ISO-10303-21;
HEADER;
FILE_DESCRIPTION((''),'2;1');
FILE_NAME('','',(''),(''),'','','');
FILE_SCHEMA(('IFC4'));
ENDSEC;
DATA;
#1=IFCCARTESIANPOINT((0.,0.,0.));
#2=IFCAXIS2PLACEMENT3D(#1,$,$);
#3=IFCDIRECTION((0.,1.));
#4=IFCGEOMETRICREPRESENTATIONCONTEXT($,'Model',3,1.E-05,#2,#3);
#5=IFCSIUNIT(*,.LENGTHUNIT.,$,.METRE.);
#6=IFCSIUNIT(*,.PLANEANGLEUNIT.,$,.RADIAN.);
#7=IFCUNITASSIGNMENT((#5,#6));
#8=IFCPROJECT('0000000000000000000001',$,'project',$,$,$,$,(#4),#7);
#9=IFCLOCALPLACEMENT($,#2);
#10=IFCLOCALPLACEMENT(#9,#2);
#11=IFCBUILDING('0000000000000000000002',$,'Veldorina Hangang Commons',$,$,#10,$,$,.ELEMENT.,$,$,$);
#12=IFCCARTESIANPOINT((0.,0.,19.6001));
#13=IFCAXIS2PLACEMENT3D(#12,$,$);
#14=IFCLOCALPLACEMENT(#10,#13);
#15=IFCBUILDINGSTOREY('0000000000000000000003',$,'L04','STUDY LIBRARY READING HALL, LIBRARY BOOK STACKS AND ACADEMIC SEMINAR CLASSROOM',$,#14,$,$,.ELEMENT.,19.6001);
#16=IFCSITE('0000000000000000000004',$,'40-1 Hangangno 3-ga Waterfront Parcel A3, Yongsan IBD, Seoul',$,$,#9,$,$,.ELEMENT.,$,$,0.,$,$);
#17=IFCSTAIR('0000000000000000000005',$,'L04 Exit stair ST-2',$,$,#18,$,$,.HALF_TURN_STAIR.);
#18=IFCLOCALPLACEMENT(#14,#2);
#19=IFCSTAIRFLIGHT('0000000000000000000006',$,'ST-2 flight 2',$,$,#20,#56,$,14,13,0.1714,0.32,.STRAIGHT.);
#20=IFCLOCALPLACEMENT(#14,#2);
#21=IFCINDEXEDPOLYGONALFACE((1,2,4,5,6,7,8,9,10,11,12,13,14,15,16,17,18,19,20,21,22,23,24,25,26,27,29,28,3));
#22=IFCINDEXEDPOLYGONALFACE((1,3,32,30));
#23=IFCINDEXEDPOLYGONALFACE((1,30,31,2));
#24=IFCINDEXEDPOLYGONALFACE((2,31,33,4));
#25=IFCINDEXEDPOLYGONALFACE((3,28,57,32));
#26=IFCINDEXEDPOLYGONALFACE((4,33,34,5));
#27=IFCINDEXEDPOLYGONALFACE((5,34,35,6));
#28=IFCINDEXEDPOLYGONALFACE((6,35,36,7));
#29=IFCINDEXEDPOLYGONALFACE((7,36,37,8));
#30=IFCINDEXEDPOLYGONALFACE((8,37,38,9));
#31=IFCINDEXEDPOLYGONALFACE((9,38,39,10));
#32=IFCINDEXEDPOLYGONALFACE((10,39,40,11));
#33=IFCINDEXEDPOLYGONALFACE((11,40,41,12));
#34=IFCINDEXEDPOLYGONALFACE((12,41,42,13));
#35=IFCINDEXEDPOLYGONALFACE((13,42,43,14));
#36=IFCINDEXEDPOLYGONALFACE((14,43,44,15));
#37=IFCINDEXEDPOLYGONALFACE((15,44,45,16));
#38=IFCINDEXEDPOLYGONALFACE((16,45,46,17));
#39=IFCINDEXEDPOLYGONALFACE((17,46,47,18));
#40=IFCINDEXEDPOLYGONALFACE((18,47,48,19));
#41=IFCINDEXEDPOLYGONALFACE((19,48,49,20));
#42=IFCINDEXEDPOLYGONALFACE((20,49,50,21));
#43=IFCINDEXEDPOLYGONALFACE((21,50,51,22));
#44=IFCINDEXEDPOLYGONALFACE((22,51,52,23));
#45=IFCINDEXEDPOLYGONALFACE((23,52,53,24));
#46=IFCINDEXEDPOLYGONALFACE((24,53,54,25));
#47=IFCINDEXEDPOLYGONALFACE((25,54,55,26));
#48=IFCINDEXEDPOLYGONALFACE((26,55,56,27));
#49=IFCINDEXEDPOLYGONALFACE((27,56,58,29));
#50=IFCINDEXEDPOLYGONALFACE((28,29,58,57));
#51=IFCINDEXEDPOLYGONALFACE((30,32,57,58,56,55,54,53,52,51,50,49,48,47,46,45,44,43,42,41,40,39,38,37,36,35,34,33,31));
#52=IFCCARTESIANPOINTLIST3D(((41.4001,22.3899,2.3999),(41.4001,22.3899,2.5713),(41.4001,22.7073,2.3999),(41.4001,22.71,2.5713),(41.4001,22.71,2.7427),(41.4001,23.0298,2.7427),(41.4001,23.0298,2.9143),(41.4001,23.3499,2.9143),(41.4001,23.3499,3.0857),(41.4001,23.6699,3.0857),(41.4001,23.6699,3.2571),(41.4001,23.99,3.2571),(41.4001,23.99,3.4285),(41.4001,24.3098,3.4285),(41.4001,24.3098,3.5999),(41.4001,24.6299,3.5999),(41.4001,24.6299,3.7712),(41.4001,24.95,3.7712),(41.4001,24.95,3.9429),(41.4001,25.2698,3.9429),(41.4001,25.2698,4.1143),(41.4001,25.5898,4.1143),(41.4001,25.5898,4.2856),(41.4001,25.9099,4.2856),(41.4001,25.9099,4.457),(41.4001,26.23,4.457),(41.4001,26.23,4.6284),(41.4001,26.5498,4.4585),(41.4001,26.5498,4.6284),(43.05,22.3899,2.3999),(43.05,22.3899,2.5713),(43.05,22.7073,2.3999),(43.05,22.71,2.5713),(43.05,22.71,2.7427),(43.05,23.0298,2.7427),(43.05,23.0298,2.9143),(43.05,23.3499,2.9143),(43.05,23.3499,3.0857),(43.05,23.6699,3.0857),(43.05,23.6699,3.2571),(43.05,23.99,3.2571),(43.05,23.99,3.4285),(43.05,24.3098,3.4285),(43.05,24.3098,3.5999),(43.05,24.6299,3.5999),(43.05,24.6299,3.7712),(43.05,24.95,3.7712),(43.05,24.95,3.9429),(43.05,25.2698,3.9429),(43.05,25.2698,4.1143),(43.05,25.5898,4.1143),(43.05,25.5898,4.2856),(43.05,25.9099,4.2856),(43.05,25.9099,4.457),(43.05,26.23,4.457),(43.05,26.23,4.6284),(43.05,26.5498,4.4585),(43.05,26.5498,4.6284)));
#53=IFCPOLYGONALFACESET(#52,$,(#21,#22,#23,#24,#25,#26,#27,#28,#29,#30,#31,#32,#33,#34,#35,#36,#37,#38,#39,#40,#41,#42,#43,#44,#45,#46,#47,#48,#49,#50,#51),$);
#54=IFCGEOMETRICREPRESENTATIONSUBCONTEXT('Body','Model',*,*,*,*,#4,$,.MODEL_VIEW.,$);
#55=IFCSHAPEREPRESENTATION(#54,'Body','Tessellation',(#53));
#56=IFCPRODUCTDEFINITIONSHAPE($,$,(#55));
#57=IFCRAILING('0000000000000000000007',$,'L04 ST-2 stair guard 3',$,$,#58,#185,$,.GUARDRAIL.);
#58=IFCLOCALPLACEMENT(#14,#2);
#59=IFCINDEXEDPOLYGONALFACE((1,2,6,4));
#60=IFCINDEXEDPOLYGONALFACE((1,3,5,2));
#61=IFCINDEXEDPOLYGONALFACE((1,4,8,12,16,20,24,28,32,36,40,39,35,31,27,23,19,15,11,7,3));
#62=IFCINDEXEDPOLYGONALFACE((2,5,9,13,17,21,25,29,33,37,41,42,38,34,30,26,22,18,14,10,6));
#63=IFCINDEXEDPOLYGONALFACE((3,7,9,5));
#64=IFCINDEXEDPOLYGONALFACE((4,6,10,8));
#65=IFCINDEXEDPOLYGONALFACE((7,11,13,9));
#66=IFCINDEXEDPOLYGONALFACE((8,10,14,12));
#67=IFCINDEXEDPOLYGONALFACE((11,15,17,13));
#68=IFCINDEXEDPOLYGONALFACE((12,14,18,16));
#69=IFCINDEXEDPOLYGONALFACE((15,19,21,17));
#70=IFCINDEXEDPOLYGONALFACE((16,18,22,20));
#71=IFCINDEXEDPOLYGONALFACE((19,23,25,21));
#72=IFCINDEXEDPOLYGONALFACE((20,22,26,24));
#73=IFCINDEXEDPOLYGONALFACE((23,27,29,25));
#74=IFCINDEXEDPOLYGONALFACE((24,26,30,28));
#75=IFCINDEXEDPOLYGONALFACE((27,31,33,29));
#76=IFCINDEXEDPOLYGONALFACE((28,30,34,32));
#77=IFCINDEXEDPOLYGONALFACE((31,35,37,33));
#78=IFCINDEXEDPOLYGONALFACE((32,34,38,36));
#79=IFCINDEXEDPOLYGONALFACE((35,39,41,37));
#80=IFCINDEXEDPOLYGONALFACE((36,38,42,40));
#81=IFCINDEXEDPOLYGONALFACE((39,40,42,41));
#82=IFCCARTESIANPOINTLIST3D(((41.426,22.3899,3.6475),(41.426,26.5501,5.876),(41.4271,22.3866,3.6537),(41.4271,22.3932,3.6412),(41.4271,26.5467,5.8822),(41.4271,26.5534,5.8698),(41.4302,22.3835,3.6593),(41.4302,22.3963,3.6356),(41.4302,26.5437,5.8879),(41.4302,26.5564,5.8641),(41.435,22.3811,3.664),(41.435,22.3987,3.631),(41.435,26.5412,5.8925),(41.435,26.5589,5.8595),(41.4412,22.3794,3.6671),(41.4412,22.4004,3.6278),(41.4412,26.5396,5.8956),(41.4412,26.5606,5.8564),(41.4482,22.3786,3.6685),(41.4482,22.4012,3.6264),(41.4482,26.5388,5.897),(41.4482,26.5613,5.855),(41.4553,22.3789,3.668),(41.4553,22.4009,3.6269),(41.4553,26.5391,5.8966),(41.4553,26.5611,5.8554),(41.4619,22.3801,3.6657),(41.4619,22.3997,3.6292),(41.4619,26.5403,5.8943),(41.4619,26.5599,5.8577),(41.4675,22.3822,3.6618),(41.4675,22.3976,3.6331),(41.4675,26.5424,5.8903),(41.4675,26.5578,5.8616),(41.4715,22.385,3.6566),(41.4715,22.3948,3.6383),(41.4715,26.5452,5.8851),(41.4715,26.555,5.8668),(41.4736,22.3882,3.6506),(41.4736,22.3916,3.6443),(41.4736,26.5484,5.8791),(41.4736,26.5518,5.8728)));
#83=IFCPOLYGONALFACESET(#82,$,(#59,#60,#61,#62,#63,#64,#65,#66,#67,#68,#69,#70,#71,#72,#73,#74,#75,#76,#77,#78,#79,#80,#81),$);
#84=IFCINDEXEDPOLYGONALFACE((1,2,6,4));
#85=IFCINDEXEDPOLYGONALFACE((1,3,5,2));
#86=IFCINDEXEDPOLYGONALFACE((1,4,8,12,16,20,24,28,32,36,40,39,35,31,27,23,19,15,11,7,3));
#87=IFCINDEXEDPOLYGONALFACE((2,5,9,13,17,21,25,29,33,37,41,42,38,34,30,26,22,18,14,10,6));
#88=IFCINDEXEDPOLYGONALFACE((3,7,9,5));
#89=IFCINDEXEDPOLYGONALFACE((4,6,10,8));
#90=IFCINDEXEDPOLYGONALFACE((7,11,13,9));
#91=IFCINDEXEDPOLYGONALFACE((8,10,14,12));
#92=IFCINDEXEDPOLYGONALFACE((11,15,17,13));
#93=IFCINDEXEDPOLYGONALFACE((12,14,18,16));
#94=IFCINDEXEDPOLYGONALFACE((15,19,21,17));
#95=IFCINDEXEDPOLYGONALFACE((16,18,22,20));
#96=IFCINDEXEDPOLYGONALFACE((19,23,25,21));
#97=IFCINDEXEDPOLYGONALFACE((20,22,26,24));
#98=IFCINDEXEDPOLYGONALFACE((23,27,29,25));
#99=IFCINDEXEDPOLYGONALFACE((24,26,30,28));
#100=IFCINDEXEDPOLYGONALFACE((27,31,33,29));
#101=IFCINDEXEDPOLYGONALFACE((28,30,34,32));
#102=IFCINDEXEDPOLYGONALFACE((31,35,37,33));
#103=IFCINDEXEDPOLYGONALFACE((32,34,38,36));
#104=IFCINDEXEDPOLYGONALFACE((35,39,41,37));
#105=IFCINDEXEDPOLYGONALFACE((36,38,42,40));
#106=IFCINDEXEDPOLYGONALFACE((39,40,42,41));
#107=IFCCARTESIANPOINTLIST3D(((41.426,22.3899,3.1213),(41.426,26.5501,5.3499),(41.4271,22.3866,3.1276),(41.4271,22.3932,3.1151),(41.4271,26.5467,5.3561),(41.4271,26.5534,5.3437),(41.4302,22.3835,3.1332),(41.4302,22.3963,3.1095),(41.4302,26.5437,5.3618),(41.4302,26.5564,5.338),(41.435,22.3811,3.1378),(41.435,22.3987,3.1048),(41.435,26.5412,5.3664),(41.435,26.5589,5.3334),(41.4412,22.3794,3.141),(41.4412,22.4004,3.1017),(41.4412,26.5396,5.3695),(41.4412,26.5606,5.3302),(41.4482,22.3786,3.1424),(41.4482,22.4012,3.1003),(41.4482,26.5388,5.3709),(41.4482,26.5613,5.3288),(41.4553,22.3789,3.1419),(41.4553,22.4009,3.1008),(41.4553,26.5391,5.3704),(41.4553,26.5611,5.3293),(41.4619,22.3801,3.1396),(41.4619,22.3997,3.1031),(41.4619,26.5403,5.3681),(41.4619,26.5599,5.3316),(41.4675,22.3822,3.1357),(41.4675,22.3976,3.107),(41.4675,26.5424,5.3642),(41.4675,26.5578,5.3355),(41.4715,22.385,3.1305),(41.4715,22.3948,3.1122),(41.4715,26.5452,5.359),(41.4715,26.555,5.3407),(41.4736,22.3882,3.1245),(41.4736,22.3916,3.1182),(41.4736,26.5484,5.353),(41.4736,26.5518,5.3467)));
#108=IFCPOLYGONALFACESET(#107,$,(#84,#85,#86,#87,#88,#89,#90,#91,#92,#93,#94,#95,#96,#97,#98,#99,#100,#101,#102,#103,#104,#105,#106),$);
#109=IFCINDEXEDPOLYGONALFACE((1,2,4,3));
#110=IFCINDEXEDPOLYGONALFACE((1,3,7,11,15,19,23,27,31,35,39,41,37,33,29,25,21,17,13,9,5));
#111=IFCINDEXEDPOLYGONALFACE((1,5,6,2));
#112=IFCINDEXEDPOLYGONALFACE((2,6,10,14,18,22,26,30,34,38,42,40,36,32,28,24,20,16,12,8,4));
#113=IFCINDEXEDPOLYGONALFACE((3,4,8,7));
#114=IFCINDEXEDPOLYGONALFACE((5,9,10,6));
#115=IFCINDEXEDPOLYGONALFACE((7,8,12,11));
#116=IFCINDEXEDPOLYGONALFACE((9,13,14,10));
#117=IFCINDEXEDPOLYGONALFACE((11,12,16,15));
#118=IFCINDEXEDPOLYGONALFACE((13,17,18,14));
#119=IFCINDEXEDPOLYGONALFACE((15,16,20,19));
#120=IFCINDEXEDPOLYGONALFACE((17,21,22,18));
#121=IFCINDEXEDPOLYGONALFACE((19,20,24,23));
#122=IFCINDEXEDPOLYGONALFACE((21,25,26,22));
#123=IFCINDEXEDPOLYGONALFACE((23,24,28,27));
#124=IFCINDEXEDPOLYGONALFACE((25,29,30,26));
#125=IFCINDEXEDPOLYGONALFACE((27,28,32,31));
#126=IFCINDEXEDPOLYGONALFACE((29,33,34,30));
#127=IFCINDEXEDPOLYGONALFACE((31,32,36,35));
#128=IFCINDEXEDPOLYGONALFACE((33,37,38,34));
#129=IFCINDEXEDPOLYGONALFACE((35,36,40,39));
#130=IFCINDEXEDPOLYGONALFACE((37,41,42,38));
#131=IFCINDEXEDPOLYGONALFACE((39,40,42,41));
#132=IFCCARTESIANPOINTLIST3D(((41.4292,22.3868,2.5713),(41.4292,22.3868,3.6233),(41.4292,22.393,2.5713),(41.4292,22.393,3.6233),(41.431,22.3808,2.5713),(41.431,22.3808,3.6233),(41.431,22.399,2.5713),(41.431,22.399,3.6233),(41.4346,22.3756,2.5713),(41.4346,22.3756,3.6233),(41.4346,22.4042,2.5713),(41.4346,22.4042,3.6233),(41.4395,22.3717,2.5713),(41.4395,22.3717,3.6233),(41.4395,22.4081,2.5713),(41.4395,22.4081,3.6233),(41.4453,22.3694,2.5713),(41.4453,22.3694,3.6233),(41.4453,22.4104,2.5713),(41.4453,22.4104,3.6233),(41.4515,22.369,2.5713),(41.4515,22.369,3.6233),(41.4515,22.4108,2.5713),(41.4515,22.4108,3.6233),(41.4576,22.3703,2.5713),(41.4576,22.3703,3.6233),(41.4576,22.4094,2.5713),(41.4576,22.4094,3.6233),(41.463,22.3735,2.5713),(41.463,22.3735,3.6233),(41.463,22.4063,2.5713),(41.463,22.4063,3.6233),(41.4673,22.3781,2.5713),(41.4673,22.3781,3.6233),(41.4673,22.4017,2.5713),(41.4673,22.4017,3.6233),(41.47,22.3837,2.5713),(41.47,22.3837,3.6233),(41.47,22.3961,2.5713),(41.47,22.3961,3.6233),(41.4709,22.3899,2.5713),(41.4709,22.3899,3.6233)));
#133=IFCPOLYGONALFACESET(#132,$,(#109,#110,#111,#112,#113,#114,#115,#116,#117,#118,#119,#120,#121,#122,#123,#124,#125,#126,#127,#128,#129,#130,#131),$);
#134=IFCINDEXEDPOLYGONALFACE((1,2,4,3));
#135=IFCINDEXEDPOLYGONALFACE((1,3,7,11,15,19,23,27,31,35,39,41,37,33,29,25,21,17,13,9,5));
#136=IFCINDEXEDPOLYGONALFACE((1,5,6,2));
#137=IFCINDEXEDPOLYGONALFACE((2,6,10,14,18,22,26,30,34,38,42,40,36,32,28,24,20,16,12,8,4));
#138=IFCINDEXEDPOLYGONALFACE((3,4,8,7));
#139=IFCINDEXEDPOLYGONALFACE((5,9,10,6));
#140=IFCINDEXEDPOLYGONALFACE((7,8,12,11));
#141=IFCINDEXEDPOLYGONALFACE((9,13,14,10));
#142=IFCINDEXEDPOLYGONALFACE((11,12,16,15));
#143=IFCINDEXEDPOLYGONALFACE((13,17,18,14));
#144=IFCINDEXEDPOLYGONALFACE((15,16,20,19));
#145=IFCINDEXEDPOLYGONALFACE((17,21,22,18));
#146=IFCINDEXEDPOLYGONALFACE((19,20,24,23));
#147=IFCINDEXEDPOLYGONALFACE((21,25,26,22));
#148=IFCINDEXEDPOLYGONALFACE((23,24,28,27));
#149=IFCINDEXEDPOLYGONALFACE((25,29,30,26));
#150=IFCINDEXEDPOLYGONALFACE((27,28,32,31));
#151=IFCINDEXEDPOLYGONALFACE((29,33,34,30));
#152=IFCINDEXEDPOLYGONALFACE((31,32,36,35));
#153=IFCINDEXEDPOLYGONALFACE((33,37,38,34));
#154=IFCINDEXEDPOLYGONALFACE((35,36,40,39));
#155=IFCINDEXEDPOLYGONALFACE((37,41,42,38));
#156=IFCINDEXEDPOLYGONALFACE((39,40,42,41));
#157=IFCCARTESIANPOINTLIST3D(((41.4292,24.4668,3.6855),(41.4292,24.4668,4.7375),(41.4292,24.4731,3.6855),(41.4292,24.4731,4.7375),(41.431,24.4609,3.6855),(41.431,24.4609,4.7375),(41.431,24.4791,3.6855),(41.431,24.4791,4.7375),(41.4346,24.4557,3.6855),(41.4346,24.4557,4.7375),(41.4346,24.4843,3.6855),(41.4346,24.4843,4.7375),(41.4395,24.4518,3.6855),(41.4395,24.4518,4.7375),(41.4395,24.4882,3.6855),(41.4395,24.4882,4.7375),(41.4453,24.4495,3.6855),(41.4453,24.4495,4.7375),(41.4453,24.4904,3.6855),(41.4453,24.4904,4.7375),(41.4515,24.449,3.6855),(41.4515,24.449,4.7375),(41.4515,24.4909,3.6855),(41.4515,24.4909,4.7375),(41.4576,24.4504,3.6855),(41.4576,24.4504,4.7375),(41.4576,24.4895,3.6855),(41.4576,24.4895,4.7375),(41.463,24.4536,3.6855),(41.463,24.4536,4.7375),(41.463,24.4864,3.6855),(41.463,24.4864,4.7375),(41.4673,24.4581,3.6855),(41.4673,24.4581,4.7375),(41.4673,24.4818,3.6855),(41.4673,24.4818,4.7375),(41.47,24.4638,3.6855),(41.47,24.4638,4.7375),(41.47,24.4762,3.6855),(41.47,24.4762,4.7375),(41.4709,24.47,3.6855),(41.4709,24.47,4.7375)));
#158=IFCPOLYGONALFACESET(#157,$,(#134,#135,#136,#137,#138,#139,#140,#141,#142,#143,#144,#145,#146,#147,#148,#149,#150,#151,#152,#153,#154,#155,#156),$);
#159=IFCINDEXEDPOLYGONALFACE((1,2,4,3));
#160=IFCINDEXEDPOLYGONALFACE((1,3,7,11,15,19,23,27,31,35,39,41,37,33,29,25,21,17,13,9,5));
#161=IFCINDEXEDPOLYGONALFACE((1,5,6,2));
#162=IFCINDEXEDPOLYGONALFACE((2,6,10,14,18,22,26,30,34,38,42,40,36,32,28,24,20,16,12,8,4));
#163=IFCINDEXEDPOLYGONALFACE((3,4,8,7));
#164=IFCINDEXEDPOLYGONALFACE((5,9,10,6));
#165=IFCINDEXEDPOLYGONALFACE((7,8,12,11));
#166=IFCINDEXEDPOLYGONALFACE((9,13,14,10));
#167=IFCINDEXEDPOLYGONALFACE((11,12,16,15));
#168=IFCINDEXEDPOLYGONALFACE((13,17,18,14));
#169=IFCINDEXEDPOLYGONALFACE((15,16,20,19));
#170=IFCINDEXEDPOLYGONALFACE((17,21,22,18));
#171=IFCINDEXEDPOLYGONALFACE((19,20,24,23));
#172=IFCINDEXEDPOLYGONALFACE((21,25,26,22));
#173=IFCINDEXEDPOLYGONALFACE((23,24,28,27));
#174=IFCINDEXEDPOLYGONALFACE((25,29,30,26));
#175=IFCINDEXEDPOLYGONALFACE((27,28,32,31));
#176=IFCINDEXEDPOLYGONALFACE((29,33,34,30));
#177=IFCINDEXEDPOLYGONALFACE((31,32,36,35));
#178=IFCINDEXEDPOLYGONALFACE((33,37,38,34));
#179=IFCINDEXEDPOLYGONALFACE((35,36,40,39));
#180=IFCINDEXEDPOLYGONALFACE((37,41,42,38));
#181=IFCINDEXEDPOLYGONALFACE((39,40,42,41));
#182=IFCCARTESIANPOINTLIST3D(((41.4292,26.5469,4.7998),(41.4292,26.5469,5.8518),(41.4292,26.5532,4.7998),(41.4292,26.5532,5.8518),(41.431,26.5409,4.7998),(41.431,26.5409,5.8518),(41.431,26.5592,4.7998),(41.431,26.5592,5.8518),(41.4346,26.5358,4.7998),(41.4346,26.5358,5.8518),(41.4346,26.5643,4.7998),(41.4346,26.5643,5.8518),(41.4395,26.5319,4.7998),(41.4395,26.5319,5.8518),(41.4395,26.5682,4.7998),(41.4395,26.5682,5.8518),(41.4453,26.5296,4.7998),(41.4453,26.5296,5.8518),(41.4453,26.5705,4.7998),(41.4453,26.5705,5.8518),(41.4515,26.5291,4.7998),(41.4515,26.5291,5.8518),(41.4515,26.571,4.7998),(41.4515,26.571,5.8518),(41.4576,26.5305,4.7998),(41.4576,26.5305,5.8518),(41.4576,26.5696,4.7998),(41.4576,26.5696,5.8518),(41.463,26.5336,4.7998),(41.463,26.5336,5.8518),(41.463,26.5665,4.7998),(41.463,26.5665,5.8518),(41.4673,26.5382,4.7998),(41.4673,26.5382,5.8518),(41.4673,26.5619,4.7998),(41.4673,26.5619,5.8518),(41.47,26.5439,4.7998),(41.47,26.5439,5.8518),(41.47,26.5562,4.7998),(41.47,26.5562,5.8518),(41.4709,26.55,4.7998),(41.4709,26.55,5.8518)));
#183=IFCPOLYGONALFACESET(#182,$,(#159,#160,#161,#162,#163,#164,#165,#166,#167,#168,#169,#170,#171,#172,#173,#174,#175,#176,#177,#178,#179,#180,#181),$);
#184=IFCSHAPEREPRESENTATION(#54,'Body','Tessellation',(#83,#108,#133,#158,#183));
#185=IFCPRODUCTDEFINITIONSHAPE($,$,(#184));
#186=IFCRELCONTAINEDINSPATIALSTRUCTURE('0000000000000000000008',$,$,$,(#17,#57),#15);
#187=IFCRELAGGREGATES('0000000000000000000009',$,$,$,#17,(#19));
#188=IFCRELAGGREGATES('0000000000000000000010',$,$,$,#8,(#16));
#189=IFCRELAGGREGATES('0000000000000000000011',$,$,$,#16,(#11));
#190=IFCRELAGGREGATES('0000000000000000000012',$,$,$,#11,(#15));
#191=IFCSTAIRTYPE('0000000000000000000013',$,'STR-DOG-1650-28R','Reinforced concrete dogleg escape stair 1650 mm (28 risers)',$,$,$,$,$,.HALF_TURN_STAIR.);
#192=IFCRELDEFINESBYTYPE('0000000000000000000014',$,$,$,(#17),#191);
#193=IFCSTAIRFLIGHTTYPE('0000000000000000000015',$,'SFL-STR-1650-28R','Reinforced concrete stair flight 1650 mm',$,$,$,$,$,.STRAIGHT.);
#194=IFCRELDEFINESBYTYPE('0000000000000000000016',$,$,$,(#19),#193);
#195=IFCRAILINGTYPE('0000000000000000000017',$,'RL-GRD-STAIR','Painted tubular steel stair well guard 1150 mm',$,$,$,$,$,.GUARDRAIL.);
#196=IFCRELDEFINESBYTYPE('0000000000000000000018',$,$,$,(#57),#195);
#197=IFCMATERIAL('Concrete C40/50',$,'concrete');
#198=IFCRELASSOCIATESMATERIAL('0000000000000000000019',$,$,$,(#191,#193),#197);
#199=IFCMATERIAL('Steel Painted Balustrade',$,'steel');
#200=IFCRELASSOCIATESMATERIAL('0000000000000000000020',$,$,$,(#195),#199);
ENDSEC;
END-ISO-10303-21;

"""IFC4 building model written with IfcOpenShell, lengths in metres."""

from ifc_helpers import new_model, si_unit, direction, frame, origin, origin_2d, place, context, subcontext, project, spatial, polyline, circle, outline, extrude, material, type_object, element, aggregate, save


model = new_model("IFC4")

# Units and contexts
model_context = context("Model", 3, precision=1e-05, world=origin(), true_north=direction((0.0, 1.0)))
body_context = subcontext(model_context, "Body", "Model", "MODEL_VIEW")
ifc_project = project(units=[si_unit("LENGTHUNIT", "METRE"), si_unit("PLANEANGLEUNIT", "RADIAN")], contexts=[model_context])

# Site, building, storey
site_placement = place(None, origin())
site = spatial("IfcSite", under=ifc_project, at=site_placement, Name="40-1 Hangangno 3-ga Waterfront Parcel A3, Yongsan IBD, Seoul", CompositionType="ELEMENT", RefElevation=0.0)
building_placement = place(site_placement, origin())
building = spatial("IfcBuilding", under=site, at=building_placement, Name="Veldorina Hangang Commons", CompositionType="ELEMENT")
storey_placement = place(building_placement, frame((0.0, 0.0, 19.6001)))
storey = spatial("IfcBuildingStorey", under=building, at=storey_placement, Name="L04", Description="STUDY LIBRARY READING HALL, LIBRARY BOOK STACKS AND ACADEMIC SEMINAR CLASSROOM", CompositionType="ELEMENT", Elevation=19.6001)

# Stair, stair flight
ifc_material_1 = material(Name="Concrete C40/50", Category="concrete")
stair_type = type_object("IfcStairType", Name="STR-DOG-1650-28R", Description="Reinforced concrete dogleg escape stair 1650 mm (28 risers)", PredefinedType="HALF_TURN_STAIR", material=ifc_material_1)
stair_placement = place(storey_placement, origin())
stair = element("IfcStair", 1, at=stair_placement, inside=storey, type_object=stair_type, Name="L04 Exit stair ST-2", PredefinedType="HALF_TURN_STAIR")
stair_flight_type = type_object("IfcStairFlightType", Name="SFL-STR-1650-28R", Description="Reinforced concrete stair flight 1650 mm", PredefinedType="STRAIGHT", material=ifc_material_1)
stair_flight_placement = place(storey_placement, frame((42.2251, 22.3899, 2.3999), z_axis=(0.0, 0.0, 1.0), x_axis=(0.0, 1.0, 0.0)))
stair_flight = element("IfcStairFlight", 2, at=stair_flight_placement, type_object=stair_flight_type, Name="ST-2 flight 2", NumberOfRisers=14, NumberOfTreads=13, PredefinedType="STRAIGHT", RiserHeight=0.1714, TreadLength=0.32, context=body_context, shape_type="SweptSolid", body=[
    extrude(outline(polyline([(0.0, 0.0), (0.0, 0.1714), (0.3201, 0.1714), (0.3201, 0.3428), (0.6399, 0.3428), (0.6399, 0.5144), (0.96, 0.5144), (0.96, 0.6858), (1.28, 0.6858), (1.28, 0.8572), (1.6001, 0.8572), (1.6001, 1.0286), (1.9199, 1.0286), (1.9199, 1.2), (2.24, 1.2), (2.24, 1.3713), (2.5601, 1.3713), (2.5601, 1.543), (2.8799, 1.543), (2.8799, 1.7144), (3.2, 1.7144), (3.2, 1.8857), (3.52, 1.8857), (3.52, 2.0571), (3.8401, 2.0571), (3.8401, 2.2285), (4.1599, 2.2285), (4.1599, 2.3999), (4.1599, 2.0586), (0.3174, 0.0), (0.0, 0.0)])), frame((0.0, 0.825, 0.0), z_axis=(0.0, -1.0, 0.0), x_axis=(1.0, 0.0, 0.0)), (0.0, 0.0, 1.0), 1.6499),
])
aggregate(stair, [stair_flight])

# Railing
ifc_material_2 = material(Name="Steel Painted Balustrade", Category="steel")
railing_type_1 = type_object("IfcRailingType", Name="RL-GRD-STAIR", Description="Painted tubular steel stair well guard 1150 mm", PredefinedType="GUARDRAIL", material=ifc_material_2)
railing_1_placement = place(storey_placement, frame((41.45, 22.3899, 2.5713)))
element("IfcRailing", 3, at=railing_1_placement, inside=storey, type_object=railing_type_1, Name="L04 ST-2 stair guard 3", PredefinedType="GUARDRAIL", context=body_context, shape_type="SweptSolid", body=[
    extrude(circle(Radius=0.0239, at=origin_2d()), frame((0.0, 0.0, 1.0762), z_axis=(0.0, 0.881492, 0.472198), x_axis=(-1.0, 0.0, 0.0)), (0.0, 0.0, 1.0), 4.7195),
    extrude(circle(Radius=0.0239, at=origin_2d()), frame((0.0, 0.0, 0.55), z_axis=(0.0, 0.881492, 0.472198), x_axis=(-1.0, 0.0, 0.0)), (0.0, 0.0, 1.0), 4.7195),
    extrude(circle(Radius=0.021, at=origin_2d()), origin(), (0.0, 0.0, 1.0), 1.052),
    extrude(circle(Radius=0.021, at=origin_2d()), frame((0.0, 2.0801, 1.1143)), (0.0, 0.0, 1.0), 1.052),
    extrude(circle(Radius=0.021, at=origin_2d()), frame((0.0, 4.1602, 2.2285)), (0.0, 0.0, 1.0), 1.052),
])

save(model, "model.ifc")
